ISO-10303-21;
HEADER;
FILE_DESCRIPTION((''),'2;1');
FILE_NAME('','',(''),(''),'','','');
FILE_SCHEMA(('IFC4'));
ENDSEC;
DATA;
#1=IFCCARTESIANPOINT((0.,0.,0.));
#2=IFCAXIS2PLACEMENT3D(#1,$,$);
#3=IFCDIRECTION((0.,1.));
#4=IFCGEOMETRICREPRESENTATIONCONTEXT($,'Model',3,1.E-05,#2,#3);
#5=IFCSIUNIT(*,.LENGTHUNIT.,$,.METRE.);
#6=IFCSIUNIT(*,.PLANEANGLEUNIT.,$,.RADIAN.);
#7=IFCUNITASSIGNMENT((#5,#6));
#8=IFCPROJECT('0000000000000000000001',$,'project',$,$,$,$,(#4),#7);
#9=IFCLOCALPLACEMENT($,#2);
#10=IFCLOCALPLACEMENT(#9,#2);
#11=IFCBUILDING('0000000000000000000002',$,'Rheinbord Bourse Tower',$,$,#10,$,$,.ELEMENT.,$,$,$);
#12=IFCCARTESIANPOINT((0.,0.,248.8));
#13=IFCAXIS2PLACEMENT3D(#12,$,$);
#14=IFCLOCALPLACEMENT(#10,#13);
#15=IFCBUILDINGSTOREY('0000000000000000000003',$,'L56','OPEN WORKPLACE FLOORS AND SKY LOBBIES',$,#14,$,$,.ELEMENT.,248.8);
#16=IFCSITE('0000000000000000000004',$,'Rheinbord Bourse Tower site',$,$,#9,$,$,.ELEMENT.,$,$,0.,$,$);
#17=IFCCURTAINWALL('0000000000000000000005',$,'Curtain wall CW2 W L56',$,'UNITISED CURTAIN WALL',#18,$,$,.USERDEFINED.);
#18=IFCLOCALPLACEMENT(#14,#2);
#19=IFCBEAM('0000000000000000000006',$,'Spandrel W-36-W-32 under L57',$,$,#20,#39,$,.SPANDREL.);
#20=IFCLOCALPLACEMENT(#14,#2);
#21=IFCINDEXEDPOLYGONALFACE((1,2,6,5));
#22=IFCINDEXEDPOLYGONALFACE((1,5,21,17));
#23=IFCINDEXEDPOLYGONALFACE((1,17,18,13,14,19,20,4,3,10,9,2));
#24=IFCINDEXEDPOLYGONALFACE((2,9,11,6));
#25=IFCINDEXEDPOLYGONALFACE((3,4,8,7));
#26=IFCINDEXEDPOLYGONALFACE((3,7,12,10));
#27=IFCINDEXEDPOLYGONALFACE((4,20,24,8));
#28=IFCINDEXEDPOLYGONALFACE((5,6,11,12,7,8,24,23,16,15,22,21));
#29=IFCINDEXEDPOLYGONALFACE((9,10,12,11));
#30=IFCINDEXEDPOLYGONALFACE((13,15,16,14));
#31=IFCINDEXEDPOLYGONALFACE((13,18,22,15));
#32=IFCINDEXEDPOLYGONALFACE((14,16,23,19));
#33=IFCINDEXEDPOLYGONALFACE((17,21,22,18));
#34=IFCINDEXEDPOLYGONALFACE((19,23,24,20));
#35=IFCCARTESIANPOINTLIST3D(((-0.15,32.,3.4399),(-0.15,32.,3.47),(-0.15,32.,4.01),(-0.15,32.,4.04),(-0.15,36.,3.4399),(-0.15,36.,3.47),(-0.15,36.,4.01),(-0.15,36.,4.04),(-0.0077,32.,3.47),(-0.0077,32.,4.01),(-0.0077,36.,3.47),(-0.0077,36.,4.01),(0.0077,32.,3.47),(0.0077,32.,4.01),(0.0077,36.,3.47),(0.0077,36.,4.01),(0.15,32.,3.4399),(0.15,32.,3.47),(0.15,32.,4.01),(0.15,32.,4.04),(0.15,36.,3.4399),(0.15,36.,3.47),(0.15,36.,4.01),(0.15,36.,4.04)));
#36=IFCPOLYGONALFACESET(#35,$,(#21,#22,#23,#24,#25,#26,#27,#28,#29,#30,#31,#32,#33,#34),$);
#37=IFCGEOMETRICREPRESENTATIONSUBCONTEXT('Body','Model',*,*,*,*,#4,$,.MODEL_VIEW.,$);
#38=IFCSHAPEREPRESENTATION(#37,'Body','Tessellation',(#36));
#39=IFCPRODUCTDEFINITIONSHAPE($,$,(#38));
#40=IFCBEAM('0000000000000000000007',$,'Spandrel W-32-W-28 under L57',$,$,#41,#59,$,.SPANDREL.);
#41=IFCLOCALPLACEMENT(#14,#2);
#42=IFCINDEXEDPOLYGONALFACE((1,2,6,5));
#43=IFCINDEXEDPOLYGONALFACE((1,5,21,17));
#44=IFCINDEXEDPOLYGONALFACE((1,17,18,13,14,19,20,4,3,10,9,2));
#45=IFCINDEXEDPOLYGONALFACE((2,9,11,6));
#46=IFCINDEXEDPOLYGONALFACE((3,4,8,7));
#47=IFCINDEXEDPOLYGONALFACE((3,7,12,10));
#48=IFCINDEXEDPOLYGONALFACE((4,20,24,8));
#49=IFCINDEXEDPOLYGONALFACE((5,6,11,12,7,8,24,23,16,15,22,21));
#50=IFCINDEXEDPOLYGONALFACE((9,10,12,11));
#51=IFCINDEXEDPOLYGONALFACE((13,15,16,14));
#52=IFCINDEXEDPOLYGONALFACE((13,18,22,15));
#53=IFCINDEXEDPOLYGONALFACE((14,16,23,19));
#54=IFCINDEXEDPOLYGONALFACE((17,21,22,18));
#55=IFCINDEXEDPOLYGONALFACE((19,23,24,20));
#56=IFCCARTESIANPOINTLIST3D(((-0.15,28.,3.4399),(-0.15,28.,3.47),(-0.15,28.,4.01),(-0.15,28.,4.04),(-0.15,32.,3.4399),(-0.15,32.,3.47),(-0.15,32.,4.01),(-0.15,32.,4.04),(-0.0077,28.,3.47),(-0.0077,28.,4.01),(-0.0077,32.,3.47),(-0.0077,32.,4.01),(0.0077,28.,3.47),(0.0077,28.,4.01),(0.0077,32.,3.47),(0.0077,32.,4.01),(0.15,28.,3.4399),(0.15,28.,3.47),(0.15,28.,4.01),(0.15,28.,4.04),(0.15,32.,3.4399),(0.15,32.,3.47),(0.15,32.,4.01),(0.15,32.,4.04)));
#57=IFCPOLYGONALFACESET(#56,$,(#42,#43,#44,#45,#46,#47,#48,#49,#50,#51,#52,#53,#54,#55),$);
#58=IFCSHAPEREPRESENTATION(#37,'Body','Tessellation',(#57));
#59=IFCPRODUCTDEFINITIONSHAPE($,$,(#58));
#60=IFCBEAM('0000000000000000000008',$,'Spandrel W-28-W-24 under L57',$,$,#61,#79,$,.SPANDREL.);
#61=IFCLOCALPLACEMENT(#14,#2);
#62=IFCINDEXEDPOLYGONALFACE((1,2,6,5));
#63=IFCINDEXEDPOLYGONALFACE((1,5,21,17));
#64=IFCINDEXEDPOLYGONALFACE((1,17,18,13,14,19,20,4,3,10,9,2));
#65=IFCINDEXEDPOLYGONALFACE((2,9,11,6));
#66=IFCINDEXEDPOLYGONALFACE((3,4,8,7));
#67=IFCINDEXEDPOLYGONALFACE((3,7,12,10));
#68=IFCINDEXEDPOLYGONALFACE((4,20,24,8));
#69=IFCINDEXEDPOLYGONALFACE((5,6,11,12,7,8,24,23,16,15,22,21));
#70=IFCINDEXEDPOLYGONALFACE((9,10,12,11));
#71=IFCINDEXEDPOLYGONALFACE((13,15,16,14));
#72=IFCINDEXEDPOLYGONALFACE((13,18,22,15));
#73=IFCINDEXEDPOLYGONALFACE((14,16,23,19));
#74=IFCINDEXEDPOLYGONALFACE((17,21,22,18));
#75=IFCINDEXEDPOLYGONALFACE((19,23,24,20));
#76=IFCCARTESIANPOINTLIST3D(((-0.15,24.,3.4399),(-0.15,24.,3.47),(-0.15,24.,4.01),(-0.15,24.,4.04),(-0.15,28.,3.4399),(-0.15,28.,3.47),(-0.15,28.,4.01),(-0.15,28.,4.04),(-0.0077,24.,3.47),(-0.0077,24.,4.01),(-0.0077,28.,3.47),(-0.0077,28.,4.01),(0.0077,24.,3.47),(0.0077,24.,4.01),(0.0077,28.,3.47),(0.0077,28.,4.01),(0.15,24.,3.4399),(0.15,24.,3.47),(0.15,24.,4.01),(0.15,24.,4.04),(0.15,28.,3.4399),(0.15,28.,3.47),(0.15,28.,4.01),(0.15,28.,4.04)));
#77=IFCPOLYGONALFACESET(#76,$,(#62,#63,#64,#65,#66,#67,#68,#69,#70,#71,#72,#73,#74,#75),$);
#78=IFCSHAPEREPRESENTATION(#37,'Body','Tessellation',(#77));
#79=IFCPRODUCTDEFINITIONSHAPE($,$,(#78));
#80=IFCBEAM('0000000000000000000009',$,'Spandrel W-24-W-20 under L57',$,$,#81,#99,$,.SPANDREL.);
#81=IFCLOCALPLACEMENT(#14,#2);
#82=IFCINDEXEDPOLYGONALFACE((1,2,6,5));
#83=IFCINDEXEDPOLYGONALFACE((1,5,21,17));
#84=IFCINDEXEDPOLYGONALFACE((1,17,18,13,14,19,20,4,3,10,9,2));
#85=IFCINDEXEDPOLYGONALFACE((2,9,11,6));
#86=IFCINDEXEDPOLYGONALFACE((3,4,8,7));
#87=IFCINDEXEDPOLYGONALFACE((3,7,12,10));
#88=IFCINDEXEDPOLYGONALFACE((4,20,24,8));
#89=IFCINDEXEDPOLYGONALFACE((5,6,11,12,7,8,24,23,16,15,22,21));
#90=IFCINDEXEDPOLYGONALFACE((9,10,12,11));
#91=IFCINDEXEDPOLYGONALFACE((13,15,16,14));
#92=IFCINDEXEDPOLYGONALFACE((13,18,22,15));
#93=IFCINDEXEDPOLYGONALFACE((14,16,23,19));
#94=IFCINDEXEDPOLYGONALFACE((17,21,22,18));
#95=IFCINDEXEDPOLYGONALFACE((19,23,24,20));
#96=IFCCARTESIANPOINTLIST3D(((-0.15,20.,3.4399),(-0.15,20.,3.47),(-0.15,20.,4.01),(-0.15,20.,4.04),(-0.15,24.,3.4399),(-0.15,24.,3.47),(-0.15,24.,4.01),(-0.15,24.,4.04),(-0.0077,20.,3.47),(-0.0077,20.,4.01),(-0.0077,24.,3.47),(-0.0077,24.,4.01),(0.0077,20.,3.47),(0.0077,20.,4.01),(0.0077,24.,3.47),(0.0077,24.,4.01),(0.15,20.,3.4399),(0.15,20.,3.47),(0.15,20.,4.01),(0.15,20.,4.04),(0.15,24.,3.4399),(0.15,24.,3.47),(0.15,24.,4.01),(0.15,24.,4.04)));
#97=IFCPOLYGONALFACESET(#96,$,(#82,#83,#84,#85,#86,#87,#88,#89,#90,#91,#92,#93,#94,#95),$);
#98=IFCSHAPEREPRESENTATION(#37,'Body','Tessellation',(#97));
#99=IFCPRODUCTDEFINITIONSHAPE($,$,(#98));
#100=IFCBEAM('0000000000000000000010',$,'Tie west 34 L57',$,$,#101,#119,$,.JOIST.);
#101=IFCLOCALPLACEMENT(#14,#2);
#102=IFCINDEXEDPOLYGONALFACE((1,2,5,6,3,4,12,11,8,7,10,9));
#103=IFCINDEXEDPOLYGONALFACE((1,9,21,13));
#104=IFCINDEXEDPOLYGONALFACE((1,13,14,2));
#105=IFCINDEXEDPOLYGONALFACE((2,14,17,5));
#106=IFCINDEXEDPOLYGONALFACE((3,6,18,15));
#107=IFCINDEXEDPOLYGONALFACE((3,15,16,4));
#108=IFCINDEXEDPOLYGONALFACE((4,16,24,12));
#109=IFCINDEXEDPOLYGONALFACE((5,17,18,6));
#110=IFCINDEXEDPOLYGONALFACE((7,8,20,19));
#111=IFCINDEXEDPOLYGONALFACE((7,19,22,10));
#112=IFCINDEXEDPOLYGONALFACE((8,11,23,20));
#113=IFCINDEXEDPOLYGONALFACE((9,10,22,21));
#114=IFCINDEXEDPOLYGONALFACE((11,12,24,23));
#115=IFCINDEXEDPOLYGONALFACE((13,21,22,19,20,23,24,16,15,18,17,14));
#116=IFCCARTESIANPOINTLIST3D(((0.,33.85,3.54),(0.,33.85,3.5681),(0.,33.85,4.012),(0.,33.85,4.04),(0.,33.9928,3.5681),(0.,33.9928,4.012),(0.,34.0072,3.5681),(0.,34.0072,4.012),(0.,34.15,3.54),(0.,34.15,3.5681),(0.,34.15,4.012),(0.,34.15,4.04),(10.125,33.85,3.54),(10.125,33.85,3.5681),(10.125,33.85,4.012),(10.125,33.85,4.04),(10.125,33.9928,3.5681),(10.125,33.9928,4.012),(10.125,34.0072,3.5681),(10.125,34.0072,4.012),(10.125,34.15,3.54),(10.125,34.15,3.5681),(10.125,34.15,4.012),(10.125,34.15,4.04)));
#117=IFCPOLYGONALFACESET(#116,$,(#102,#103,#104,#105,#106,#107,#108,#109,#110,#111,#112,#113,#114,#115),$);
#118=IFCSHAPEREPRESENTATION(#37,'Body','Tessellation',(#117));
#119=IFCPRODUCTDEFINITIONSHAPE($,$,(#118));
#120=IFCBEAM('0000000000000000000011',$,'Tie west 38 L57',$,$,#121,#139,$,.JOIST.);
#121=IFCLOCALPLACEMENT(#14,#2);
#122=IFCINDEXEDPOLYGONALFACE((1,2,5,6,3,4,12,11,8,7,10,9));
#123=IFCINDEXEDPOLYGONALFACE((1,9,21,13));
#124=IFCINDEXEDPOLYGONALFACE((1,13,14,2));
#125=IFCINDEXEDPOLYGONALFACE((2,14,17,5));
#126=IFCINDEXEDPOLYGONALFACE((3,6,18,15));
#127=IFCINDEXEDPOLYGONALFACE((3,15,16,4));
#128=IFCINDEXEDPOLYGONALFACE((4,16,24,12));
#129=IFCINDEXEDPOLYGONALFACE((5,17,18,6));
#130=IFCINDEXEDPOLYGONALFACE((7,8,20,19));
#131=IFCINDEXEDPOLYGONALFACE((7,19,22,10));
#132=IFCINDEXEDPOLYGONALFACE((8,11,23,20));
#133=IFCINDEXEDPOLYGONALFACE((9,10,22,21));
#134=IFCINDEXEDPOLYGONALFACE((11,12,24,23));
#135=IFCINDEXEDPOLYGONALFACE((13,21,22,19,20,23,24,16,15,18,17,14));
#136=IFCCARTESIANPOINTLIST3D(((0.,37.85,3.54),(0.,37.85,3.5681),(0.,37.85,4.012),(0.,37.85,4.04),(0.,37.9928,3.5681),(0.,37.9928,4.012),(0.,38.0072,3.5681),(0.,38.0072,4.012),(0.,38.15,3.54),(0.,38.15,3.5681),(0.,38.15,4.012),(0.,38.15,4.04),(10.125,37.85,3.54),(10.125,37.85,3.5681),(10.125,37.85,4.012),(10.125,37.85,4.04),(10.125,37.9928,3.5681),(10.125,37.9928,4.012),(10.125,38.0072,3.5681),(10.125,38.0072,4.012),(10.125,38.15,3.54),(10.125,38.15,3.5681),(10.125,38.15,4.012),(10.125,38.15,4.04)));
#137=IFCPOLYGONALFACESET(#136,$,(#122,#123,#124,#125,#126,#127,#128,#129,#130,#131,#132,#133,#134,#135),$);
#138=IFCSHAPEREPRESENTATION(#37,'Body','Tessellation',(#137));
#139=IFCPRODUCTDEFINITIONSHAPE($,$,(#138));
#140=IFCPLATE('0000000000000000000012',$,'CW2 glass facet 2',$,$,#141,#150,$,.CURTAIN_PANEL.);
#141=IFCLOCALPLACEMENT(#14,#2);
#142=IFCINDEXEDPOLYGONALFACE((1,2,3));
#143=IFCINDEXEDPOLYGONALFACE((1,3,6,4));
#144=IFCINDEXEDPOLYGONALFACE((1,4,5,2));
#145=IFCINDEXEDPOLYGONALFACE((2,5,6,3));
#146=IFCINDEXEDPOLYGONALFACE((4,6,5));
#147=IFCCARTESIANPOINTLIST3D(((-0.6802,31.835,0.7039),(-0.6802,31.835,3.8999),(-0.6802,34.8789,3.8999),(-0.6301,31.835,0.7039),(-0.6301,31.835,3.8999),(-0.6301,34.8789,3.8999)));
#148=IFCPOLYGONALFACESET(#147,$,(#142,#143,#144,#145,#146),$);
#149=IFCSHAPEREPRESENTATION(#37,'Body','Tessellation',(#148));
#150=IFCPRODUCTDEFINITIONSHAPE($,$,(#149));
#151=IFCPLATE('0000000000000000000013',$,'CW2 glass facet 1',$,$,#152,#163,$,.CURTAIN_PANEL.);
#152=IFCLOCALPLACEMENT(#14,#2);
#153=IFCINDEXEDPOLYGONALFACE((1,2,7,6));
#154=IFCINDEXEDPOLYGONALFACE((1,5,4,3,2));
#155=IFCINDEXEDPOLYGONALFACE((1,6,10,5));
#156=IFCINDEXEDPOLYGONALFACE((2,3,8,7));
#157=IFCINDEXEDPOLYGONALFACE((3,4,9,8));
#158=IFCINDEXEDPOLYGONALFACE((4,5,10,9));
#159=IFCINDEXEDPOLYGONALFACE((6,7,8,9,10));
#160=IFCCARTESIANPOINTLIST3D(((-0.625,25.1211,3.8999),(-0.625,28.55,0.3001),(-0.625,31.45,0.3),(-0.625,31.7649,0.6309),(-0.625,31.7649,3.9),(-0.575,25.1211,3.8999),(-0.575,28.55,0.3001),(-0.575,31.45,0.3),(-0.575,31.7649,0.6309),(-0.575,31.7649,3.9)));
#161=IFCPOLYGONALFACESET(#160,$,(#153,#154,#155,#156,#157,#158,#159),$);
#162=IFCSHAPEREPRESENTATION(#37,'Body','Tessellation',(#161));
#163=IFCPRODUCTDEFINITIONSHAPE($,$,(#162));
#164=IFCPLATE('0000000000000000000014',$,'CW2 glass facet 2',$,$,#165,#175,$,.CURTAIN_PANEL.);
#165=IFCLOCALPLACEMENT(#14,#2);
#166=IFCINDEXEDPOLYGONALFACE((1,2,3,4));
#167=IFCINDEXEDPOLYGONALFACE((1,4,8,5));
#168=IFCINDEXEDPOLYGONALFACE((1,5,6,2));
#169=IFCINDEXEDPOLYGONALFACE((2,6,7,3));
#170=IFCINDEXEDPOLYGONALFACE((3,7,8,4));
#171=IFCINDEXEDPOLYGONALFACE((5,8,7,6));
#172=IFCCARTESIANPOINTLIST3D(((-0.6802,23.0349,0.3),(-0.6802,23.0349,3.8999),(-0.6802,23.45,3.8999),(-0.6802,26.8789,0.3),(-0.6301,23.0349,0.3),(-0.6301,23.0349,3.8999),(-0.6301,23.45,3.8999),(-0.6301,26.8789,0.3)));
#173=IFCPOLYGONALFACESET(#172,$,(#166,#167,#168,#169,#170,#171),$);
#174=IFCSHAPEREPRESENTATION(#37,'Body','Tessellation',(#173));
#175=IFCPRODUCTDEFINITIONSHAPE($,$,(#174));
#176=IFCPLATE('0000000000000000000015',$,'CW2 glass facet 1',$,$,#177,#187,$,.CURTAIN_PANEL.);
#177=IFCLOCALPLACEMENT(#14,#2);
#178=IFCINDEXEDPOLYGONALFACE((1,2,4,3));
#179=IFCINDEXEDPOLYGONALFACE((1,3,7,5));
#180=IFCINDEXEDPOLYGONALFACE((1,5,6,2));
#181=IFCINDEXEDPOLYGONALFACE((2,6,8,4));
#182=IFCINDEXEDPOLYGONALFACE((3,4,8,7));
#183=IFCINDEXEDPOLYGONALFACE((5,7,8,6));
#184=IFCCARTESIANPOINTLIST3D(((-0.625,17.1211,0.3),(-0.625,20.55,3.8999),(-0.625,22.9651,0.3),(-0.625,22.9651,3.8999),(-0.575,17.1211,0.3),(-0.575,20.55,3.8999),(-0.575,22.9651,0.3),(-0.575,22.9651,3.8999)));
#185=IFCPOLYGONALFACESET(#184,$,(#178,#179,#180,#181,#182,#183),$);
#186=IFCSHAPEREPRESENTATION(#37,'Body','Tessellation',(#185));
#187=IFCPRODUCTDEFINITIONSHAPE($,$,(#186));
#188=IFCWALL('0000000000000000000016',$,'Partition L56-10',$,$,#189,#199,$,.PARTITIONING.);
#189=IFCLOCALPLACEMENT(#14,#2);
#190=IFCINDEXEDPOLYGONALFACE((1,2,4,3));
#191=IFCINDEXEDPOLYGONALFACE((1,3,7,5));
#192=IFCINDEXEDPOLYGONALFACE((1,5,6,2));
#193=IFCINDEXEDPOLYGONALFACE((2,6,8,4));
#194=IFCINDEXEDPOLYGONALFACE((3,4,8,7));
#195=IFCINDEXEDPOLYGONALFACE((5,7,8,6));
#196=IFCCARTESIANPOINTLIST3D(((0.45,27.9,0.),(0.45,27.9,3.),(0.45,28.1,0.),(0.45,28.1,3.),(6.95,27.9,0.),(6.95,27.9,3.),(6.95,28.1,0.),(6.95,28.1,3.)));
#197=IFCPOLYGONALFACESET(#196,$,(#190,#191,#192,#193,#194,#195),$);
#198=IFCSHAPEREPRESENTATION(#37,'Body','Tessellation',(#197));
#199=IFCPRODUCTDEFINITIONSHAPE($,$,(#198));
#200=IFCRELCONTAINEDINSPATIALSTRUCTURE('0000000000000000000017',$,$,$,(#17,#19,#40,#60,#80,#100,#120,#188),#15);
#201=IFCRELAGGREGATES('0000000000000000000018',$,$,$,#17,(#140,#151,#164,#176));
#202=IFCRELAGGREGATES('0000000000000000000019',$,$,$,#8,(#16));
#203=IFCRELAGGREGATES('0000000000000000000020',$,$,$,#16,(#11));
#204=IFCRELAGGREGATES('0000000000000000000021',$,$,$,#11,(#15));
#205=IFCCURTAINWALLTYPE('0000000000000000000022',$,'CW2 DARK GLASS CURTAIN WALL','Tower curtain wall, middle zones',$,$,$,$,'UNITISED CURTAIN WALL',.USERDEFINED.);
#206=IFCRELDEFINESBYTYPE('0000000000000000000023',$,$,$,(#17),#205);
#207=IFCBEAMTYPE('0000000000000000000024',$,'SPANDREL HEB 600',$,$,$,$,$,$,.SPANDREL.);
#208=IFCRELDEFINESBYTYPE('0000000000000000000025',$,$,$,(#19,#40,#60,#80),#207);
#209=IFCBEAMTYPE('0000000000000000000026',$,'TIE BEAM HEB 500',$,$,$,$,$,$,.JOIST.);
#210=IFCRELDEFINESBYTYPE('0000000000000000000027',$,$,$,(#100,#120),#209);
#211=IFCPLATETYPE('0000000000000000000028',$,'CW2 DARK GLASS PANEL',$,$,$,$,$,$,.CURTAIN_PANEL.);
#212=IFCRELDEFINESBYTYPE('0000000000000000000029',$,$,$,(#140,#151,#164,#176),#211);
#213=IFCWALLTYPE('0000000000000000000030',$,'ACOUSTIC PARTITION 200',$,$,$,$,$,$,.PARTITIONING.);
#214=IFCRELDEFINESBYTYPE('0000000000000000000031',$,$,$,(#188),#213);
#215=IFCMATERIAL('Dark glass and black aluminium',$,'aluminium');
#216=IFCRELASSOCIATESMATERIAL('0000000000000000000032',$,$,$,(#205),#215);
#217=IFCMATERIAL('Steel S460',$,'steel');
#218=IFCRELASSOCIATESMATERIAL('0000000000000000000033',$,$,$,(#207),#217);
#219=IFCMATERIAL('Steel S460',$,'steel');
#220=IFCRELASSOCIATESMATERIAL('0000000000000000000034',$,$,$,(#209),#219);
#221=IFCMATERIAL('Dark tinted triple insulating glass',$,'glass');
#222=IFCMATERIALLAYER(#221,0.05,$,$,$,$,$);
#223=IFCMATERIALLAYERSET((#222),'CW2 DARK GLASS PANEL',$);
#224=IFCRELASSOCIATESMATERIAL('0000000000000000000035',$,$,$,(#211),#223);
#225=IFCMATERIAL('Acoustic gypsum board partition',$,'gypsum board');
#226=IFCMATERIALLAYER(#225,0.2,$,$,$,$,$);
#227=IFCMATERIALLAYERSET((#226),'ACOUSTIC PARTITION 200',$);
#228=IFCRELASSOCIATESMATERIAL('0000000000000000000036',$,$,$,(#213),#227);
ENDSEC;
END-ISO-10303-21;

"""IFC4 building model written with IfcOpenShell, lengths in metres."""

from ifc_helpers import new_model, si_unit, direction, frame, frame_2d, origin, origin_2d, place, context, subcontext, project, spatial, polyline, rectangle, i_section, outline, extrude, material, layer, layer_set, material_profile, profile_set, type_object, element, aggregate, save


model = new_model("IFC4")

# Units and contexts
model_context = context("Model", 3, precision=1e-05, world=origin(), true_north=direction((0.0, 1.0)))
body_context = subcontext(model_context, "Body", "Model", "MODEL_VIEW")
ifc_project = project(units=[si_unit("LENGTHUNIT", "METRE"), si_unit("PLANEANGLEUNIT", "RADIAN")], contexts=[model_context])

# Site, building, storey
site_placement = place(None, origin())
site = spatial("IfcSite", under=ifc_project, at=site_placement, Name="Rheinbord Bourse Tower site", CompositionType="ELEMENT", RefElevation=0.0)
building_placement = place(site_placement, origin())
building = spatial("IfcBuilding", under=site, at=building_placement, Name="Rheinbord Bourse Tower", CompositionType="ELEMENT")
storey_placement = place(building_placement, frame((0.0, 0.0, 248.8)))
storey = spatial("IfcBuildingStorey", under=building, at=storey_placement, Name="L56", Description="OPEN WORKPLACE FLOORS AND SKY LOBBIES", CompositionType="ELEMENT", Elevation=248.8)

# Curtain wall
ifc_material_1 = material(Name="Dark glass and black aluminium", Category="aluminium")
curtain_wall_type = type_object("IfcCurtainWallType", Name="CW2 DARK GLASS CURTAIN WALL", Description="Tower curtain wall, middle zones", ElementType="UNITISED CURTAIN WALL", PredefinedType="USERDEFINED", material=ifc_material_1)
curtain_wall_placement = place(storey_placement, origin())
curtain_wall = element("IfcCurtainWall", 1, at=curtain_wall_placement, inside=storey, type_object=curtain_wall_type, Name="Curtain wall CW2 W L56", ObjectType="UNITISED CURTAIN WALL", PredefinedType="USERDEFINED")

# Beams
ifc_material_2 = material(Name="Steel S460", Category="steel")
ifc_material_profile_1 = material_profile(ifc_material_2, i_section(OverallWidth=0.3, OverallDepth=0.6001, WebThickness=0.0154, FlangeThickness=0.03, at=origin_2d()), Name="HEB 600")
ifc_profile_set_1 = profile_set([ifc_material_profile_1], Name="Steel S460")
beam_type_1 = type_object("IfcBeamType", Name="SPANDREL HEB 600", PredefinedType="SPANDREL", material=ifc_profile_set_1)
for number, where, z_axis, x_axis, name in (
    (2, (0.0, 36.0, 3.74), (0.0, -1.0, 0.0), (1.0, 0.0, 0.0), "Spandrel W-36-W-32 under L57"),
    (3, (0.0, 32.0, 3.74), (0.0, -1.0, 0.0), (1.0, 0.0, 0.0), "Spandrel W-32-W-28 under L57"),
    (4, (0.0, 28.0, 3.74), (0.0, -1.0, 0.0), (1.0, 0.0, 0.0), "Spandrel W-28-W-24 under L57"),
    (5, (0.0, 24.0, 3.74), (0.0, -1.0, 0.0), (1.0, 0.0, 0.0), "Spandrel W-24-W-20 under L57"),
):
    element("IfcBeam", number, at=place(storey_placement, frame(where, z_axis=z_axis, x_axis=x_axis)), inside=storey, type_object=beam_type_1, Name=name, PredefinedType="SPANDREL", context=body_context, shape_type="SweptSolid", body=[
        extrude(i_section(OverallWidth=0.3, OverallDepth=0.6001, WebThickness=0.0154, FlangeThickness=0.03, at=origin_2d()), origin(), (0.0, 0.0, 1.0), 4.0),
    ])
ifc_material_3 = material(Name="Steel S460", Category="steel")
ifc_material_profile_2 = material_profile(ifc_material_3, i_section(OverallWidth=0.3, OverallDepth=0.5, WebThickness=0.0144, FlangeThickness=0.0281, at=origin_2d()), Name="HEB 500")
ifc_profile_set_2 = profile_set([ifc_material_profile_2], Name="Steel S460")
beam_type_2 = type_object("IfcBeamType", Name="TIE BEAM HEB 500", PredefinedType="JOIST", material=ifc_profile_set_2)
for number, where, z_axis, x_axis, name in (
    (6, (0.0, 34.0, 3.79), (1.0, 0.0, 0.0), (0.0, 1.0, 0.0), "Tie west 34 L57"),
    (7, (0.0, 38.0, 3.79), (1.0, 0.0, 0.0), (0.0, 1.0, 0.0), "Tie west 38 L57"),
):
    element("IfcBeam", number, at=place(storey_placement, frame(where, z_axis=z_axis, x_axis=x_axis)), inside=storey, type_object=beam_type_2, Name=name, PredefinedType="JOIST", context=body_context, shape_type="SweptSolid", body=[
        extrude(i_section(OverallWidth=0.3, OverallDepth=0.5, WebThickness=0.0144, FlangeThickness=0.0281, at=origin_2d()), origin(), (0.0, 0.0, 1.0), 10.125),
    ])

# Plates
ifc_material_4 = material(Name="Dark tinted triple insulating glass", Category="glass")
ifc_layer_1 = layer(ifc_material_4, 0.05)
ifc_layer_set_1 = layer_set([ifc_layer_1], Name="CW2 DARK GLASS PANEL")
plate_type = type_object("IfcPlateType", Name="CW2 DARK GLASS PANEL", PredefinedType="CURTAIN_PANEL", material=ifc_layer_set_1)
plate_1_placement = place(storey_placement, frame((-0.6802, 31.835, 3.8999), z_axis=(1.0, 0.0, 0.0), x_axis=(0.0, 0.0, -1.0)))
plate_1 = element("IfcPlate", 8, at=plate_1_placement, type_object=plate_type, Name="CW2 glass facet 2", PredefinedType="CURTAIN_PANEL", context=body_context, shape_type="SweptSolid", body=[
    extrude(outline(polyline([(0.0, 0.0), (3.196, 0.0), (0.0, 3.0439), (0.0, 0.0)])), origin(), (0.0, 0.0, 1.0), 0.05),
])
plate_2_placement = place(storey_placement, frame((-0.625, 31.45, 0.3), z_axis=(1.0, 0.0, 0.0), x_axis=(0.0, 0.689522, 0.724265)))
plate_2 = element("IfcPlate", 9, at=plate_2_placement, type_object=plate_type, Name="CW2 glass facet 1", PredefinedType="CURTAIN_PANEL", context=body_context, shape_type="SweptSolid", body=[
    extrude(outline(polyline([(0.0, 0.0), (0.4568, 0.0), (2.8245, 2.2542), (-1.7566, 7.0659), (-1.9995, 2.1003), (0.0, 0.0)])), origin(), (0.0, 0.0, 1.0), 0.05),
])
plate_3_placement = place(storey_placement, frame((-0.6802, 23.0349, 3.8999), z_axis=(1.0, 0.0, 0.0), x_axis=(0.0, 0.0, -1.0)))
plate_3 = element("IfcPlate", 10, at=plate_3_placement, type_object=plate_type, Name="CW2 glass facet 2", PredefinedType="CURTAIN_PANEL", context=body_context, shape_type="SweptSolid", body=[
    extrude(outline(polyline([(0.0, 0.0), (3.5999, 0.0), (3.5999, 3.844), (0.0, 0.415), (0.0, 0.0)])), origin(), (0.0, 0.0, 1.0), 0.05),
])
plate_4_placement = place(storey_placement, frame((-0.625, 22.9651, 0.3), z_axis=(1.0, 0.0, 0.0), x_axis=(0.0, 0.0, 1.0)))
plate_4 = element("IfcPlate", 11, at=plate_4_placement, type_object=plate_type, Name="CW2 glass facet 1", PredefinedType="CURTAIN_PANEL", context=body_context, shape_type="SweptSolid", body=[
    extrude(outline(polyline([(0.0, 0.0), (3.5999, 0.0), (3.5999, 2.415), (0.0, 5.844), (0.0, 0.0)])), origin(), (0.0, 0.0, 1.0), 0.05),
])
aggregate(curtain_wall, [plate_1, plate_2, plate_3, plate_4])

# Wall
ifc_material_5 = material(Name="Acoustic gypsum board partition", Category="gypsum board")
ifc_layer_2 = layer(ifc_material_5, 0.2)
ifc_layer_set_2 = layer_set([ifc_layer_2], Name="ACOUSTIC PARTITION 200")
wall_type_1 = type_object("IfcWallType", Name="ACOUSTIC PARTITION 200", PredefinedType="PARTITIONING", material=ifc_layer_set_2)
wall_1_placement = place(storey_placement, frame((0.45, 28.0, 0.0), z_axis=(0.0, 0.0, 1.0), x_axis=(1.0, 0.0, 0.0)))
element("IfcWall", 12, at=wall_1_placement, inside=storey, type_object=wall_type_1, Name="Partition L56-10", PredefinedType="PARTITIONING", context=body_context, shape_type="SweptSolid", body=[
    extrude(rectangle(XDim=6.5, YDim=0.2, at=frame_2d((3.25, 0.0))), origin(), (0.0, 0.0, 1.0), 3.0),
])

save(model, "model.ifc")
